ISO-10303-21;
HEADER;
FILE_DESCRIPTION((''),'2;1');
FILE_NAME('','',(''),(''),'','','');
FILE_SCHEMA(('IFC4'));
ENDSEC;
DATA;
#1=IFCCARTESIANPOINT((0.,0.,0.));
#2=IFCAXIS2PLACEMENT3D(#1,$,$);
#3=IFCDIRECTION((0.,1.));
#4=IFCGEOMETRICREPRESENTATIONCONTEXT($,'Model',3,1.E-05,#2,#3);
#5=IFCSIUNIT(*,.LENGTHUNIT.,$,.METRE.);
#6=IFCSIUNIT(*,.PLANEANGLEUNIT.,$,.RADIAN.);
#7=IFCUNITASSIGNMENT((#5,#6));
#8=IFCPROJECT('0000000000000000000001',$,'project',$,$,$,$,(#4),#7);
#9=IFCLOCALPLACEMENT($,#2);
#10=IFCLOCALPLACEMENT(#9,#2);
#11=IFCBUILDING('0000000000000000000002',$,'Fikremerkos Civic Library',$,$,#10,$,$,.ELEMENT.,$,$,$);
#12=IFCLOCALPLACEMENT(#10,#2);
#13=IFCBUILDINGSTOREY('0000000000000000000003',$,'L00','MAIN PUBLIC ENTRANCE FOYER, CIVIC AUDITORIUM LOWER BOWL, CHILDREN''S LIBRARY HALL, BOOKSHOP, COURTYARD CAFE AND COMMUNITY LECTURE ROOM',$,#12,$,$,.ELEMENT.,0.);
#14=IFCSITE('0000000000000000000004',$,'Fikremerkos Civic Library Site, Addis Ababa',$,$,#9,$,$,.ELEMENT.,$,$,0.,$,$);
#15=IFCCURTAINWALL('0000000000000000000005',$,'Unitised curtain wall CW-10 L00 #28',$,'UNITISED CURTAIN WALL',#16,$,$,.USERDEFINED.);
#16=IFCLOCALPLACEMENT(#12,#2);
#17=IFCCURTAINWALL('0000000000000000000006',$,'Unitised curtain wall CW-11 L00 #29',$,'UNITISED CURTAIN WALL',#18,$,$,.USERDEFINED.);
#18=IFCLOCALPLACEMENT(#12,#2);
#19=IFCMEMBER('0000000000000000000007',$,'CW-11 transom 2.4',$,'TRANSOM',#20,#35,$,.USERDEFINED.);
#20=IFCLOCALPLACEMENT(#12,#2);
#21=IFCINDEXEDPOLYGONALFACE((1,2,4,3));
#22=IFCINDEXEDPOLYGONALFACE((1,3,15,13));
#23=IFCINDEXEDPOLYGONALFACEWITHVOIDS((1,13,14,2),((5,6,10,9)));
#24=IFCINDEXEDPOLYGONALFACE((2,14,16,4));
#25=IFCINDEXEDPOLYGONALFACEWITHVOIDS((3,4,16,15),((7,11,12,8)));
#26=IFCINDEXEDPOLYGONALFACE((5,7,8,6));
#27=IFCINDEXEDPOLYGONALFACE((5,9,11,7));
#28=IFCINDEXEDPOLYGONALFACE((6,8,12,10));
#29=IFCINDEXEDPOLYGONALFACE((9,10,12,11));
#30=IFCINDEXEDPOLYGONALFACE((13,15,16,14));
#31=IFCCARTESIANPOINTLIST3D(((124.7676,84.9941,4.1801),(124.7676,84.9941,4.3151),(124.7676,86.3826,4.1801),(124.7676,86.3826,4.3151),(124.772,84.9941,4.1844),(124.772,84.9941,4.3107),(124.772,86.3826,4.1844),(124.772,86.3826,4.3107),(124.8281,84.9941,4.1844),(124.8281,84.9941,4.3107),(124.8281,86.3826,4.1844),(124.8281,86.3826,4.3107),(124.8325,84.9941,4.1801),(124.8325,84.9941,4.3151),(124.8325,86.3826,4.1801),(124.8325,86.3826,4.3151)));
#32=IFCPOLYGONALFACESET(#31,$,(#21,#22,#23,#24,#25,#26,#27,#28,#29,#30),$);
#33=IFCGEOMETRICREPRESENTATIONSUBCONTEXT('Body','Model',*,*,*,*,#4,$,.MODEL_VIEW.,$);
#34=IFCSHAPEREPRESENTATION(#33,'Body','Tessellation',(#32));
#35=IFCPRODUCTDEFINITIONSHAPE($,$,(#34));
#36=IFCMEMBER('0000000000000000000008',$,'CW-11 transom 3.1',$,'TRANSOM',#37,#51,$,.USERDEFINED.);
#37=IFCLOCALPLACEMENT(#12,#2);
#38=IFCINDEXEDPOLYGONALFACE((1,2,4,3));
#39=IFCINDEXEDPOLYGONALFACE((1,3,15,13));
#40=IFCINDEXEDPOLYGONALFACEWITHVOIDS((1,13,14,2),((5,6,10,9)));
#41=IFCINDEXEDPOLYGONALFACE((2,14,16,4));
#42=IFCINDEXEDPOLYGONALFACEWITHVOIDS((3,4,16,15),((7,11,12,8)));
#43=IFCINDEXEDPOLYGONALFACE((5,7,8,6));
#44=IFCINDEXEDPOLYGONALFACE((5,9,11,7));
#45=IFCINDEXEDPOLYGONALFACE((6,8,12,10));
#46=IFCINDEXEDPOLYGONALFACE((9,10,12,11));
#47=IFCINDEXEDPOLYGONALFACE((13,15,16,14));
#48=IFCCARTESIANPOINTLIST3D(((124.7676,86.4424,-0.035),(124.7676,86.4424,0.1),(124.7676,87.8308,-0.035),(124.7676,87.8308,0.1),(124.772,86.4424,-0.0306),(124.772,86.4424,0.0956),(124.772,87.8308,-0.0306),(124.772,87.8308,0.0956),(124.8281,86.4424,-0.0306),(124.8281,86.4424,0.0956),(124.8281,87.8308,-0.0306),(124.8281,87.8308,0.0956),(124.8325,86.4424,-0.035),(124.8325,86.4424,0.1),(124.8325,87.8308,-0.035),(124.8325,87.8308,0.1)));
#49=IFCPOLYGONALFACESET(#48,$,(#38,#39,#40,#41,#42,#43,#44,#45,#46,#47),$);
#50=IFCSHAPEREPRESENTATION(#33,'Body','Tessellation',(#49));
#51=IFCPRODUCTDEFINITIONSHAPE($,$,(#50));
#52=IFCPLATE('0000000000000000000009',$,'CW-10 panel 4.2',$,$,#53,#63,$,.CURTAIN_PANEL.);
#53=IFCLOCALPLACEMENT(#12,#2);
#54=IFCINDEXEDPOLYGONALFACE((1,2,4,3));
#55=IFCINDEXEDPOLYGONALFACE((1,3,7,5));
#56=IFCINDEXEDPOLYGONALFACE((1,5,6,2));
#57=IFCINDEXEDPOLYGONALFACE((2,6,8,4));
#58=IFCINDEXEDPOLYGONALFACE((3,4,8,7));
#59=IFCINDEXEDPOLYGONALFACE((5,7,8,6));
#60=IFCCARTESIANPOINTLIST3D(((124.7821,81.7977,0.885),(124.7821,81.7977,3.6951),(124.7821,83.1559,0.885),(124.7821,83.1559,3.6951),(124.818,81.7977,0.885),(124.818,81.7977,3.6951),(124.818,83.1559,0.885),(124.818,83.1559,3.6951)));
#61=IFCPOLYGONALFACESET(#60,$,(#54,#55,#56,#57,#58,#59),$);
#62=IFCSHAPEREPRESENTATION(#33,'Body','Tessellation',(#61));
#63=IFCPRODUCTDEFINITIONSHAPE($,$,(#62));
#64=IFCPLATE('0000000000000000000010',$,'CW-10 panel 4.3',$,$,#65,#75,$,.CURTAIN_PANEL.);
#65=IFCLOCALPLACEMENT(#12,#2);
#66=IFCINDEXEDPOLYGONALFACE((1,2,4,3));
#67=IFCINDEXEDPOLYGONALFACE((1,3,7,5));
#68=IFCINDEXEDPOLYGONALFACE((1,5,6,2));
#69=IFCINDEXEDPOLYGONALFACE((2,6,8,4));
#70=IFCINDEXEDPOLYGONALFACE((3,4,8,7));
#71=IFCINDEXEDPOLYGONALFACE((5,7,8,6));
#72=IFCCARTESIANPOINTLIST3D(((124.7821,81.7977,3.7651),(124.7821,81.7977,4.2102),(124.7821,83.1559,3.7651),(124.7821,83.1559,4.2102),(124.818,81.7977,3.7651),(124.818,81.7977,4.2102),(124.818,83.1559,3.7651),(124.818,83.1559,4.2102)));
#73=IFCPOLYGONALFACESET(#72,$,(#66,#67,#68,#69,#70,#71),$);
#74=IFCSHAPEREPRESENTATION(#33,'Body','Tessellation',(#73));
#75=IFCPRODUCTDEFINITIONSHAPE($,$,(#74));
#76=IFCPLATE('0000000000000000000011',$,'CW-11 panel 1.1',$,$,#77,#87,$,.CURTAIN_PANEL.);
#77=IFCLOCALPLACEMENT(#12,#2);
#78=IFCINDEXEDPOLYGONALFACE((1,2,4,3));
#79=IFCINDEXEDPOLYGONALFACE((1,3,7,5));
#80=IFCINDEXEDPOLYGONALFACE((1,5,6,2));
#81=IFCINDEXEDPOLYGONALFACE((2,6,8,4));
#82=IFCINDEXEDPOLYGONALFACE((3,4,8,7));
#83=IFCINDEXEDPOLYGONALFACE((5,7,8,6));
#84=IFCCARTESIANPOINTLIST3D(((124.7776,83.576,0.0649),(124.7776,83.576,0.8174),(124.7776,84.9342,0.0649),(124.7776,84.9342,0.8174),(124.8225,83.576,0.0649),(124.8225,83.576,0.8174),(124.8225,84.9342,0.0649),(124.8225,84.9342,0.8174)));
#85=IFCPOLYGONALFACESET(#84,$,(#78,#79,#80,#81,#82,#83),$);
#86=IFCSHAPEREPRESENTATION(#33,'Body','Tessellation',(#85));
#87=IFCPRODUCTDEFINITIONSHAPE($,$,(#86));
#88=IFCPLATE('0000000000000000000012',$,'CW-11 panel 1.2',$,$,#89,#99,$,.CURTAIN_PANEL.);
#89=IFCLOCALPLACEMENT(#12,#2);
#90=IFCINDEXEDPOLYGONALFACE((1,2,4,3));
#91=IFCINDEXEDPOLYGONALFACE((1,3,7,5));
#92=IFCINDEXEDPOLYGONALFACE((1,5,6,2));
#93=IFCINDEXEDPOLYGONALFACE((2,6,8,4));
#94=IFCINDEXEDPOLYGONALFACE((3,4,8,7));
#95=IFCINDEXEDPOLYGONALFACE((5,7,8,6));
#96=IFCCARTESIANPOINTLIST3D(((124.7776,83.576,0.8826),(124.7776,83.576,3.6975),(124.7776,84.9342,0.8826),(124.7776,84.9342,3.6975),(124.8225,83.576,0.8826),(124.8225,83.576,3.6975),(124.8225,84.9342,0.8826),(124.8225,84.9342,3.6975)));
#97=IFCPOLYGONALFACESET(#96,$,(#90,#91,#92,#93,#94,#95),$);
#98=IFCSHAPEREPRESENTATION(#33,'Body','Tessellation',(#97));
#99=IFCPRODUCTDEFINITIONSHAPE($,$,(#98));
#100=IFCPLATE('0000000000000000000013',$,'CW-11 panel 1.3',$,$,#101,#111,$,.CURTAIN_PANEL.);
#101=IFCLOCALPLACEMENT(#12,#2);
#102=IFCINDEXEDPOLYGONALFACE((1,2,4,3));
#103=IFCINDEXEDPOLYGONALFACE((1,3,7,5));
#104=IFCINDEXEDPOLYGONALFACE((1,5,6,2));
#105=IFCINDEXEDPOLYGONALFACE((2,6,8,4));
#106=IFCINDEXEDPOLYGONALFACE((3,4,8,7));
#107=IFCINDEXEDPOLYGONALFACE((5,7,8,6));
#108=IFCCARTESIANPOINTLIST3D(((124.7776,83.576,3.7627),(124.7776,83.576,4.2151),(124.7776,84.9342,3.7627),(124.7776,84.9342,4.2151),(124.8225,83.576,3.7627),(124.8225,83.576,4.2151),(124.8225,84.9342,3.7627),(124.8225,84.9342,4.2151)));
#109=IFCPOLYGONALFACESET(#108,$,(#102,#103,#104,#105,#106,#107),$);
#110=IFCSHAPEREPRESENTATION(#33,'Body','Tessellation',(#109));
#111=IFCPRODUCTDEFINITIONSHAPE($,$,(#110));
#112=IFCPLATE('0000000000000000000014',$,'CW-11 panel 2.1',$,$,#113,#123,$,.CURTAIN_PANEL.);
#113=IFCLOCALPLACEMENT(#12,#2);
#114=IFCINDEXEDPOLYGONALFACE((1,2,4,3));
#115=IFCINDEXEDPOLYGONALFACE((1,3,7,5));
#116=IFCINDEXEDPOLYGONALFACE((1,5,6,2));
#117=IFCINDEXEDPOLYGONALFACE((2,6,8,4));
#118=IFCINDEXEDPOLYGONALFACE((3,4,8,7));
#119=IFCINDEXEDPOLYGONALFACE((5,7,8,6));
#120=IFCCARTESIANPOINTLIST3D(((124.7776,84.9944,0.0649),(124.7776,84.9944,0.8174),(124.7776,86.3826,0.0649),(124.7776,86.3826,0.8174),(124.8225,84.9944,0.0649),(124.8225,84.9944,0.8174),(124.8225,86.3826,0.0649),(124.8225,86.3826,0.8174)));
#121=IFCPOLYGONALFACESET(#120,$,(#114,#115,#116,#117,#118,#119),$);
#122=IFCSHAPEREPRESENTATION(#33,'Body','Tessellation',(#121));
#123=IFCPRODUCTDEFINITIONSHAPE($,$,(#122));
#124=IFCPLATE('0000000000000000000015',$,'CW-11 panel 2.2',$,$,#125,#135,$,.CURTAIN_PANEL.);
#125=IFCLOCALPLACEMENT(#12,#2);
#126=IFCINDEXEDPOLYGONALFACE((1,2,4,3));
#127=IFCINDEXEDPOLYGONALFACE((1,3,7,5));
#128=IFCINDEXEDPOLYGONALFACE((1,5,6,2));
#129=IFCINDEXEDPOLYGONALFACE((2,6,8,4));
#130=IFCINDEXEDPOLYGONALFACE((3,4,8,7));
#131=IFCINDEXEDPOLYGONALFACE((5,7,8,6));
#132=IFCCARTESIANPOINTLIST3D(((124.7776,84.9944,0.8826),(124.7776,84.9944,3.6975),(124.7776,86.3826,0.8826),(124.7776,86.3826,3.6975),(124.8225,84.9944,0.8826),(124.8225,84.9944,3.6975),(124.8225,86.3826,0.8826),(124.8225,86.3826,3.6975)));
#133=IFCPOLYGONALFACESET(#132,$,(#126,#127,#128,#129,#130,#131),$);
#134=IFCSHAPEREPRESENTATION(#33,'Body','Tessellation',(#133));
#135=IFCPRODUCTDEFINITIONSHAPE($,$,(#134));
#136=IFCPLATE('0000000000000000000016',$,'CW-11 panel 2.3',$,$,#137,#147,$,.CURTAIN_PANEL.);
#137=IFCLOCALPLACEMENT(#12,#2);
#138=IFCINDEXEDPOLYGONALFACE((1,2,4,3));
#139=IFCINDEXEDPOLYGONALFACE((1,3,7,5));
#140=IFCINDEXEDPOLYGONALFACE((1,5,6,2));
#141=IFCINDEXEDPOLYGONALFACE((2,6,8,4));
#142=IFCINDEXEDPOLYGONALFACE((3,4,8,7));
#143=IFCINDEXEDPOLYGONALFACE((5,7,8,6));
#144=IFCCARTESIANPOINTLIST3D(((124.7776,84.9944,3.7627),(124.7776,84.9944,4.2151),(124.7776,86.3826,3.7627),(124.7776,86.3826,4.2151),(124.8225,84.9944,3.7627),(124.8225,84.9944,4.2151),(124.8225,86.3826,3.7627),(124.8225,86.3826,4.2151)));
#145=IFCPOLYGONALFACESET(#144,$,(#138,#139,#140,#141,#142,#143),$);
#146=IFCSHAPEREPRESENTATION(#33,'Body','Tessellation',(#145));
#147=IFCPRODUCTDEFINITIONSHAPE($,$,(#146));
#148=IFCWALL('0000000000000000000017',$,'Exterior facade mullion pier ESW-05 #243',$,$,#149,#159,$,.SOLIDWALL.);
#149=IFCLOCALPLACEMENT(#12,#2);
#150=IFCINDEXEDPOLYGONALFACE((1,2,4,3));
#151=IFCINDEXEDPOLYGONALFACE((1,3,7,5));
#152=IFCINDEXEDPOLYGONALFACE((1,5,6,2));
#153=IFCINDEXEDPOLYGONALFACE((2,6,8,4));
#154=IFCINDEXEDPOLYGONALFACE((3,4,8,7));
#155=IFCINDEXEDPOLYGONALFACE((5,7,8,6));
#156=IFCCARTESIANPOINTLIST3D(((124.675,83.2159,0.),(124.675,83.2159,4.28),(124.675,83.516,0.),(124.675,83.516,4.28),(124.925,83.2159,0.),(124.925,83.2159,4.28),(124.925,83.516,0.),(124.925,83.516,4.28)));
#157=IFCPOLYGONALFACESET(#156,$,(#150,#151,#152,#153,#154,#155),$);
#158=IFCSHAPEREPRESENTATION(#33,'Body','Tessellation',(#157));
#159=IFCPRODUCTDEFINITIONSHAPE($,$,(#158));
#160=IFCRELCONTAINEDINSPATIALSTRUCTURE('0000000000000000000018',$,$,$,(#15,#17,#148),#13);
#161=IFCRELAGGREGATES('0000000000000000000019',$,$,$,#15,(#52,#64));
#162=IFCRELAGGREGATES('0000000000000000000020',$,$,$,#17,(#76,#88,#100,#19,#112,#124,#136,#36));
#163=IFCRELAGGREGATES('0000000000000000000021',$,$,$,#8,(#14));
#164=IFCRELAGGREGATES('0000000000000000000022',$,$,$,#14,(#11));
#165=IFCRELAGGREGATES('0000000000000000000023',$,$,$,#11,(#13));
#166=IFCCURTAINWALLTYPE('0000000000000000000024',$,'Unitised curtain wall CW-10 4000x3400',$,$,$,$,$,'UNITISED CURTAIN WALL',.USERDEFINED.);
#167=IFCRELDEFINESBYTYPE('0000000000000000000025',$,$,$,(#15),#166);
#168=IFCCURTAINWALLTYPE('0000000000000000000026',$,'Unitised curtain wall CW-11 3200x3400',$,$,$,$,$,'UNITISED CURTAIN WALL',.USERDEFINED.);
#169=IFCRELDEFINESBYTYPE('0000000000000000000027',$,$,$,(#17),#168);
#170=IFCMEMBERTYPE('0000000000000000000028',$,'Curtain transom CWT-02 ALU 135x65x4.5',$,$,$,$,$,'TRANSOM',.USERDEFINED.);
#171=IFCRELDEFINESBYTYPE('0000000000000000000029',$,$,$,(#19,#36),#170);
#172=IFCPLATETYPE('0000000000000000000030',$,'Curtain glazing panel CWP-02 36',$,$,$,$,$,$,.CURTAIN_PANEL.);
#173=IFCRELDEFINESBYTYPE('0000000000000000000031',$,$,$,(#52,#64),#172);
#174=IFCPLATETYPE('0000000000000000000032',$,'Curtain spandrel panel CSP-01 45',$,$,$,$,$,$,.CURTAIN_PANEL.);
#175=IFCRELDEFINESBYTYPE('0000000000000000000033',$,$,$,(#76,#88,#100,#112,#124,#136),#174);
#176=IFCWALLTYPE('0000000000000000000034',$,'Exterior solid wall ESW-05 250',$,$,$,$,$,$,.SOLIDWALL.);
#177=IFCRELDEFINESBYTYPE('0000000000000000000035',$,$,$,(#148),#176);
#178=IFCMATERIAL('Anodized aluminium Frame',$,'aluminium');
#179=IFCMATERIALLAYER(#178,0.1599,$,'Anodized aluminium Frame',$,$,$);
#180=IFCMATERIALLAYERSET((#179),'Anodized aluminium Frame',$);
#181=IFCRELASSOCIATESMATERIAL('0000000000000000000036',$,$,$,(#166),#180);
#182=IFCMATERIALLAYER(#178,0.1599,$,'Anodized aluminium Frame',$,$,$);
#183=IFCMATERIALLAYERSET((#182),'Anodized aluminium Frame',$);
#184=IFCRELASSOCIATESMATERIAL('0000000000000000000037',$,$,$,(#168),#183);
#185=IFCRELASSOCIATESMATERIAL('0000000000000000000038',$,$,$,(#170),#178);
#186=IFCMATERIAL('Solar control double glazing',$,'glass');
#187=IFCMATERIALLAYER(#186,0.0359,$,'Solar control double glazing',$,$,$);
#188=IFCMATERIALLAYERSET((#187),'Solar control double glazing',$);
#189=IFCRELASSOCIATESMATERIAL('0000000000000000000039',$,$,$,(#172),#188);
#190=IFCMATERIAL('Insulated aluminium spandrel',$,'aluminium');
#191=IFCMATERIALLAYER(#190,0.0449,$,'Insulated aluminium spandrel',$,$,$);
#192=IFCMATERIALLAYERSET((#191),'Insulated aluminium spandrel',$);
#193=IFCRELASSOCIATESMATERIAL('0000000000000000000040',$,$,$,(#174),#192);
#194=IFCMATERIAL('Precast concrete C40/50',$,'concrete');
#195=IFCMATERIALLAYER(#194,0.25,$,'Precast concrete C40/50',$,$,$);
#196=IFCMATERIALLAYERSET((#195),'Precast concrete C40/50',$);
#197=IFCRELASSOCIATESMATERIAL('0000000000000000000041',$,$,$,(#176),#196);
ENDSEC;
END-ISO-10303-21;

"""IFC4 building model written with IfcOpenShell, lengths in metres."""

from ifc_helpers import new_model, si_unit, direction, frame, frame_2d, origin, origin_2d, place, context, subcontext, project, spatial, rectangle, hollow_rectangle, extrude, material, layer, layer_set, material_profile, profile_set, type_object, element, aggregate, save


model = new_model("IFC4")

# Units and contexts
model_context = context("Model", 3, precision=1e-05, world=origin(), true_north=direction((0.0, 1.0)))
body_context = subcontext(model_context, "Body", "Model", "MODEL_VIEW")
ifc_project = project(units=[si_unit("LENGTHUNIT", "METRE"), si_unit("PLANEANGLEUNIT", "RADIAN")], contexts=[model_context])

# Site, building, storey
site_placement = place(None, origin())
site = spatial("IfcSite", under=ifc_project, at=site_placement, Name="Fikremerkos Civic Library Site, Addis Ababa", CompositionType="ELEMENT", RefElevation=0.0)
building_placement = place(site_placement, origin())
building = spatial("IfcBuilding", under=site, at=building_placement, Name="Fikremerkos Civic Library", CompositionType="ELEMENT")
storey_placement = place(building_placement, origin())
storey = spatial("IfcBuildingStorey", under=building, at=storey_placement, Name="L00", Description="MAIN PUBLIC ENTRANCE FOYER, CIVIC AUDITORIUM LOWER BOWL, CHILDREN'S LIBRARY HALL, BOOKSHOP, COURTYARD CAFE AND COMMUNITY LECTURE ROOM", CompositionType="ELEMENT", Elevation=0.0)

# Curtain wall
ifc_material_1 = material(Name="Anodized aluminium Frame", Category="aluminium")
ifc_layer_1 = layer(ifc_material_1, 0.1599, Name="Anodized aluminium Frame")
ifc_layer_set_1 = layer_set([ifc_layer_1], Name="Anodized aluminium Frame")
curtain_wall_type_1 = type_object("IfcCurtainWallType", Name="Unitised curtain wall CW-10 4000x3400", ElementType="UNITISED CURTAIN WALL", PredefinedType="USERDEFINED", material=ifc_layer_set_1)
curtain_wall_1_placement = place(storey_placement, origin())
curtain_wall_1 = element("IfcCurtainWall", 1, at=curtain_wall_1_placement, inside=storey, type_object=curtain_wall_type_1, Name="Unitised curtain wall CW-10 L00 #28", ObjectType="UNITISED CURTAIN WALL", PredefinedType="USERDEFINED")

# Curtain wall, members
ifc_layer_2 = layer(ifc_material_1, 0.1599, Name="Anodized aluminium Frame")
ifc_layer_set_2 = layer_set([ifc_layer_2], Name="Anodized aluminium Frame")
curtain_wall_type_2 = type_object("IfcCurtainWallType", Name="Unitised curtain wall CW-11 3200x3400", ElementType="UNITISED CURTAIN WALL", PredefinedType="USERDEFINED", material=ifc_layer_set_2)
curtain_wall_2_placement = place(storey_placement, origin())
curtain_wall_2 = element("IfcCurtainWall", 2, at=curtain_wall_2_placement, inside=storey, type_object=curtain_wall_type_2, Name="Unitised curtain wall CW-11 L00 #29", ObjectType="UNITISED CURTAIN WALL", PredefinedType="USERDEFINED")
ifc_material_profile_1 = material_profile(ifc_material_1, hollow_rectangle(XDim=0.0649, YDim=0.135, WallThickness=0.0044, at=origin_2d()), Name="ALU 135x65x4.5")
ifc_profile_set_1 = profile_set([ifc_material_profile_1], Name="Anodized aluminium Frame")
member_type_1 = type_object("IfcMemberType", Name="Curtain transom CWT-02 ALU 135x65x4.5", ElementType="TRANSOM", PredefinedType="USERDEFINED", material=ifc_profile_set_1)
member_1_placement = place(storey_placement, frame((124.8, 84.9941, 4.2476), z_axis=(0.0, 1.0, 0.0), x_axis=(-1.0, 0.0, 0.0)))
member_1 = element("IfcMember", 3, at=member_1_placement, type_object=member_type_1, Name="CW-11 transom 2.4", ObjectType="TRANSOM", PredefinedType="USERDEFINED", context=body_context, shape_type="SweptSolid", body=[
    extrude(hollow_rectangle(XDim=0.0649, YDim=0.135, WallThickness=0.0044, at=origin_2d()), origin(), (0.0, 0.0, 1.0), 1.3884),
])
member_2_placement = place(storey_placement, frame((124.8, 86.4424, 0.0325), z_axis=(0.0, 1.0, 0.0), x_axis=(-1.0, 0.0, 0.0)))
member_2 = element("IfcMember", 4, at=member_2_placement, type_object=member_type_1, Name="CW-11 transom 3.1", ObjectType="TRANSOM", PredefinedType="USERDEFINED", context=body_context, shape_type="SweptSolid", body=[
    extrude(hollow_rectangle(XDim=0.0649, YDim=0.135, WallThickness=0.0044, at=origin_2d()), origin(), (0.0, 0.0, 1.0), 1.3884),
])

# Plates
ifc_material_2 = material(Name="Solar control double glazing", Category="glass")
ifc_layer_3 = layer(ifc_material_2, 0.0359, Name="Solar control double glazing")
ifc_layer_set_3 = layer_set([ifc_layer_3], Name="Solar control double glazing")
plate_type_1 = type_object("IfcPlateType", Name="Curtain glazing panel CWP-02 36", PredefinedType="CURTAIN_PANEL", material=ifc_layer_set_3)
plate_1_placement = place(storey_placement, frame((124.8, 82.4768, 0.885), z_axis=(0.0, 0.0, 1.0), x_axis=(0.0, 1.0, 0.0)))
plate_1 = element("IfcPlate", 5, at=plate_1_placement, type_object=plate_type_1, Name="CW-10 panel 4.2", PredefinedType="CURTAIN_PANEL", context=body_context, shape_type="SweptSolid", body=[
    extrude(rectangle(XDim=1.3582, YDim=0.0359, at=origin_2d()), origin(), (0.0, 0.0, 1.0), 2.8101),
])
plate_2_placement = place(storey_placement, frame((124.8, 82.4768, 3.7651), z_axis=(0.0, 0.0, 1.0), x_axis=(0.0, 1.0, 0.0)))
plate_2 = element("IfcPlate", 6, at=plate_2_placement, type_object=plate_type_1, Name="CW-10 panel 4.3", PredefinedType="CURTAIN_PANEL", context=body_context, shape_type="SweptSolid", body=[
    extrude(rectangle(XDim=1.3582, YDim=0.0359, at=origin_2d()), origin(), (0.0, 0.0, 1.0), 0.4451),
])
aggregate(curtain_wall_1, [plate_1, plate_2])
ifc_material_3 = material(Name="Insulated aluminium spandrel", Category="aluminium")
ifc_layer_4 = layer(ifc_material_3, 0.0449, Name="Insulated aluminium spandrel")
ifc_layer_set_4 = layer_set([ifc_layer_4], Name="Insulated aluminium spandrel")
plate_type_2 = type_object("IfcPlateType", Name="Curtain spandrel panel CSP-01 45", PredefinedType="CURTAIN_PANEL", material=ifc_layer_set_4)
plate_3_placement = place(storey_placement, frame((124.8, 84.2551, 0.0649), z_axis=(0.0, 0.0, 1.0), x_axis=(0.0, 1.0, 0.0)))
plate_3 = element("IfcPlate", 7, at=plate_3_placement, type_object=plate_type_2, Name="CW-11 panel 1.1", PredefinedType="CURTAIN_PANEL", context=body_context, shape_type="SweptSolid", body=[
    extrude(rectangle(XDim=1.3582, YDim=0.0449, at=origin_2d()), origin(), (0.0, 0.0, 1.0), 0.7524),
])
plate_4_placement = place(storey_placement, frame((124.8, 84.2551, 0.8826), z_axis=(0.0, 0.0, 1.0), x_axis=(0.0, 1.0, 0.0)))
plate_4 = element("IfcPlate", 8, at=plate_4_placement, type_object=plate_type_2, Name="CW-11 panel 1.2", PredefinedType="CURTAIN_PANEL", context=body_context, shape_type="SweptSolid", body=[
    extrude(rectangle(XDim=1.3582, YDim=0.0449, at=origin_2d()), origin(), (0.0, 0.0, 1.0), 2.8149),
])
plate_5_placement = place(storey_placement, frame((124.8, 84.2551, 3.7627), z_axis=(0.0, 0.0, 1.0), x_axis=(0.0, 1.0, 0.0)))
plate_5 = element("IfcPlate", 9, at=plate_5_placement, type_object=plate_type_2, Name="CW-11 panel 1.3", PredefinedType="CURTAIN_PANEL", context=body_context, shape_type="SweptSolid", body=[
    extrude(rectangle(XDim=1.3582, YDim=0.0449, at=origin_2d()), origin(), (0.0, 0.0, 1.0), 0.4524),
])
plate_6_placement = place(storey_placement, frame((124.8, 85.6885, 0.0649), z_axis=(0.0, 0.0, 1.0), x_axis=(0.0, 1.0, 0.0)))
plate_6 = element("IfcPlate", 10, at=plate_6_placement, type_object=plate_type_2, Name="CW-11 panel 2.1", PredefinedType="CURTAIN_PANEL", context=body_context, shape_type="SweptSolid", body=[
    extrude(rectangle(XDim=1.3882, YDim=0.0449, at=origin_2d()), origin(), (0.0, 0.0, 1.0), 0.7524),
])
plate_7_placement = place(storey_placement, frame((124.8, 85.6885, 0.8826), z_axis=(0.0, 0.0, 1.0), x_axis=(0.0, 1.0, 0.0)))
plate_7 = element("IfcPlate", 11, at=plate_7_placement, type_object=plate_type_2, Name="CW-11 panel 2.2", PredefinedType="CURTAIN_PANEL", context=body_context, shape_type="SweptSolid", body=[
    extrude(rectangle(XDim=1.3882, YDim=0.0449, at=origin_2d()), origin(), (0.0, 0.0, 1.0), 2.8149),
])
plate_8_placement = place(storey_placement, frame((124.8, 85.6885, 3.7627), z_axis=(0.0, 0.0, 1.0), x_axis=(0.0, 1.0, 0.0)))
plate_8 = element("IfcPlate", 12, at=plate_8_placement, type_object=plate_type_2, Name="CW-11 panel 2.3", PredefinedType="CURTAIN_PANEL", context=body_context, shape_type="SweptSolid", body=[
    extrude(rectangle(XDim=1.3882, YDim=0.0449, at=origin_2d()), origin(), (0.0, 0.0, 1.0), 0.4524),
])
aggregate(curtain_wall_2, [plate_3, plate_4, plate_5, member_1, plate_6, plate_7, plate_8, member_2])

# Wall
ifc_material_4 = material(Name="Precast concrete C40/50", Category="concrete")
ifc_layer_5 = layer(ifc_material_4, 0.25, Name="Precast concrete C40/50")
ifc_layer_set_5 = layer_set([ifc_layer_5], Name="Precast concrete C40/50")
wall_type = type_object("IfcWallType", Name="Exterior solid wall ESW-05 250", PredefinedType="SOLIDWALL", material=ifc_layer_set_5)
wall_placement = place(storey_placement, frame((124.8, 83.2161, 0.0), z_axis=(0.0, 0.0, 1.0), x_axis=(0.0, 1.0, 0.0)))
element("IfcWall", 13, at=wall_placement, inside=storey, type_object=wall_type, Name="Exterior facade mullion pier ESW-05 #243", PredefinedType="SOLIDWALL", context=body_context, shape_type="SweptSolid", body=[
    extrude(rectangle(XDim=0.3, YDim=0.25, at=frame_2d((0.1499, 0.0))), origin(), (0.0, 0.0, 1.0), 4.28),
])

save(model, "model.ifc")
